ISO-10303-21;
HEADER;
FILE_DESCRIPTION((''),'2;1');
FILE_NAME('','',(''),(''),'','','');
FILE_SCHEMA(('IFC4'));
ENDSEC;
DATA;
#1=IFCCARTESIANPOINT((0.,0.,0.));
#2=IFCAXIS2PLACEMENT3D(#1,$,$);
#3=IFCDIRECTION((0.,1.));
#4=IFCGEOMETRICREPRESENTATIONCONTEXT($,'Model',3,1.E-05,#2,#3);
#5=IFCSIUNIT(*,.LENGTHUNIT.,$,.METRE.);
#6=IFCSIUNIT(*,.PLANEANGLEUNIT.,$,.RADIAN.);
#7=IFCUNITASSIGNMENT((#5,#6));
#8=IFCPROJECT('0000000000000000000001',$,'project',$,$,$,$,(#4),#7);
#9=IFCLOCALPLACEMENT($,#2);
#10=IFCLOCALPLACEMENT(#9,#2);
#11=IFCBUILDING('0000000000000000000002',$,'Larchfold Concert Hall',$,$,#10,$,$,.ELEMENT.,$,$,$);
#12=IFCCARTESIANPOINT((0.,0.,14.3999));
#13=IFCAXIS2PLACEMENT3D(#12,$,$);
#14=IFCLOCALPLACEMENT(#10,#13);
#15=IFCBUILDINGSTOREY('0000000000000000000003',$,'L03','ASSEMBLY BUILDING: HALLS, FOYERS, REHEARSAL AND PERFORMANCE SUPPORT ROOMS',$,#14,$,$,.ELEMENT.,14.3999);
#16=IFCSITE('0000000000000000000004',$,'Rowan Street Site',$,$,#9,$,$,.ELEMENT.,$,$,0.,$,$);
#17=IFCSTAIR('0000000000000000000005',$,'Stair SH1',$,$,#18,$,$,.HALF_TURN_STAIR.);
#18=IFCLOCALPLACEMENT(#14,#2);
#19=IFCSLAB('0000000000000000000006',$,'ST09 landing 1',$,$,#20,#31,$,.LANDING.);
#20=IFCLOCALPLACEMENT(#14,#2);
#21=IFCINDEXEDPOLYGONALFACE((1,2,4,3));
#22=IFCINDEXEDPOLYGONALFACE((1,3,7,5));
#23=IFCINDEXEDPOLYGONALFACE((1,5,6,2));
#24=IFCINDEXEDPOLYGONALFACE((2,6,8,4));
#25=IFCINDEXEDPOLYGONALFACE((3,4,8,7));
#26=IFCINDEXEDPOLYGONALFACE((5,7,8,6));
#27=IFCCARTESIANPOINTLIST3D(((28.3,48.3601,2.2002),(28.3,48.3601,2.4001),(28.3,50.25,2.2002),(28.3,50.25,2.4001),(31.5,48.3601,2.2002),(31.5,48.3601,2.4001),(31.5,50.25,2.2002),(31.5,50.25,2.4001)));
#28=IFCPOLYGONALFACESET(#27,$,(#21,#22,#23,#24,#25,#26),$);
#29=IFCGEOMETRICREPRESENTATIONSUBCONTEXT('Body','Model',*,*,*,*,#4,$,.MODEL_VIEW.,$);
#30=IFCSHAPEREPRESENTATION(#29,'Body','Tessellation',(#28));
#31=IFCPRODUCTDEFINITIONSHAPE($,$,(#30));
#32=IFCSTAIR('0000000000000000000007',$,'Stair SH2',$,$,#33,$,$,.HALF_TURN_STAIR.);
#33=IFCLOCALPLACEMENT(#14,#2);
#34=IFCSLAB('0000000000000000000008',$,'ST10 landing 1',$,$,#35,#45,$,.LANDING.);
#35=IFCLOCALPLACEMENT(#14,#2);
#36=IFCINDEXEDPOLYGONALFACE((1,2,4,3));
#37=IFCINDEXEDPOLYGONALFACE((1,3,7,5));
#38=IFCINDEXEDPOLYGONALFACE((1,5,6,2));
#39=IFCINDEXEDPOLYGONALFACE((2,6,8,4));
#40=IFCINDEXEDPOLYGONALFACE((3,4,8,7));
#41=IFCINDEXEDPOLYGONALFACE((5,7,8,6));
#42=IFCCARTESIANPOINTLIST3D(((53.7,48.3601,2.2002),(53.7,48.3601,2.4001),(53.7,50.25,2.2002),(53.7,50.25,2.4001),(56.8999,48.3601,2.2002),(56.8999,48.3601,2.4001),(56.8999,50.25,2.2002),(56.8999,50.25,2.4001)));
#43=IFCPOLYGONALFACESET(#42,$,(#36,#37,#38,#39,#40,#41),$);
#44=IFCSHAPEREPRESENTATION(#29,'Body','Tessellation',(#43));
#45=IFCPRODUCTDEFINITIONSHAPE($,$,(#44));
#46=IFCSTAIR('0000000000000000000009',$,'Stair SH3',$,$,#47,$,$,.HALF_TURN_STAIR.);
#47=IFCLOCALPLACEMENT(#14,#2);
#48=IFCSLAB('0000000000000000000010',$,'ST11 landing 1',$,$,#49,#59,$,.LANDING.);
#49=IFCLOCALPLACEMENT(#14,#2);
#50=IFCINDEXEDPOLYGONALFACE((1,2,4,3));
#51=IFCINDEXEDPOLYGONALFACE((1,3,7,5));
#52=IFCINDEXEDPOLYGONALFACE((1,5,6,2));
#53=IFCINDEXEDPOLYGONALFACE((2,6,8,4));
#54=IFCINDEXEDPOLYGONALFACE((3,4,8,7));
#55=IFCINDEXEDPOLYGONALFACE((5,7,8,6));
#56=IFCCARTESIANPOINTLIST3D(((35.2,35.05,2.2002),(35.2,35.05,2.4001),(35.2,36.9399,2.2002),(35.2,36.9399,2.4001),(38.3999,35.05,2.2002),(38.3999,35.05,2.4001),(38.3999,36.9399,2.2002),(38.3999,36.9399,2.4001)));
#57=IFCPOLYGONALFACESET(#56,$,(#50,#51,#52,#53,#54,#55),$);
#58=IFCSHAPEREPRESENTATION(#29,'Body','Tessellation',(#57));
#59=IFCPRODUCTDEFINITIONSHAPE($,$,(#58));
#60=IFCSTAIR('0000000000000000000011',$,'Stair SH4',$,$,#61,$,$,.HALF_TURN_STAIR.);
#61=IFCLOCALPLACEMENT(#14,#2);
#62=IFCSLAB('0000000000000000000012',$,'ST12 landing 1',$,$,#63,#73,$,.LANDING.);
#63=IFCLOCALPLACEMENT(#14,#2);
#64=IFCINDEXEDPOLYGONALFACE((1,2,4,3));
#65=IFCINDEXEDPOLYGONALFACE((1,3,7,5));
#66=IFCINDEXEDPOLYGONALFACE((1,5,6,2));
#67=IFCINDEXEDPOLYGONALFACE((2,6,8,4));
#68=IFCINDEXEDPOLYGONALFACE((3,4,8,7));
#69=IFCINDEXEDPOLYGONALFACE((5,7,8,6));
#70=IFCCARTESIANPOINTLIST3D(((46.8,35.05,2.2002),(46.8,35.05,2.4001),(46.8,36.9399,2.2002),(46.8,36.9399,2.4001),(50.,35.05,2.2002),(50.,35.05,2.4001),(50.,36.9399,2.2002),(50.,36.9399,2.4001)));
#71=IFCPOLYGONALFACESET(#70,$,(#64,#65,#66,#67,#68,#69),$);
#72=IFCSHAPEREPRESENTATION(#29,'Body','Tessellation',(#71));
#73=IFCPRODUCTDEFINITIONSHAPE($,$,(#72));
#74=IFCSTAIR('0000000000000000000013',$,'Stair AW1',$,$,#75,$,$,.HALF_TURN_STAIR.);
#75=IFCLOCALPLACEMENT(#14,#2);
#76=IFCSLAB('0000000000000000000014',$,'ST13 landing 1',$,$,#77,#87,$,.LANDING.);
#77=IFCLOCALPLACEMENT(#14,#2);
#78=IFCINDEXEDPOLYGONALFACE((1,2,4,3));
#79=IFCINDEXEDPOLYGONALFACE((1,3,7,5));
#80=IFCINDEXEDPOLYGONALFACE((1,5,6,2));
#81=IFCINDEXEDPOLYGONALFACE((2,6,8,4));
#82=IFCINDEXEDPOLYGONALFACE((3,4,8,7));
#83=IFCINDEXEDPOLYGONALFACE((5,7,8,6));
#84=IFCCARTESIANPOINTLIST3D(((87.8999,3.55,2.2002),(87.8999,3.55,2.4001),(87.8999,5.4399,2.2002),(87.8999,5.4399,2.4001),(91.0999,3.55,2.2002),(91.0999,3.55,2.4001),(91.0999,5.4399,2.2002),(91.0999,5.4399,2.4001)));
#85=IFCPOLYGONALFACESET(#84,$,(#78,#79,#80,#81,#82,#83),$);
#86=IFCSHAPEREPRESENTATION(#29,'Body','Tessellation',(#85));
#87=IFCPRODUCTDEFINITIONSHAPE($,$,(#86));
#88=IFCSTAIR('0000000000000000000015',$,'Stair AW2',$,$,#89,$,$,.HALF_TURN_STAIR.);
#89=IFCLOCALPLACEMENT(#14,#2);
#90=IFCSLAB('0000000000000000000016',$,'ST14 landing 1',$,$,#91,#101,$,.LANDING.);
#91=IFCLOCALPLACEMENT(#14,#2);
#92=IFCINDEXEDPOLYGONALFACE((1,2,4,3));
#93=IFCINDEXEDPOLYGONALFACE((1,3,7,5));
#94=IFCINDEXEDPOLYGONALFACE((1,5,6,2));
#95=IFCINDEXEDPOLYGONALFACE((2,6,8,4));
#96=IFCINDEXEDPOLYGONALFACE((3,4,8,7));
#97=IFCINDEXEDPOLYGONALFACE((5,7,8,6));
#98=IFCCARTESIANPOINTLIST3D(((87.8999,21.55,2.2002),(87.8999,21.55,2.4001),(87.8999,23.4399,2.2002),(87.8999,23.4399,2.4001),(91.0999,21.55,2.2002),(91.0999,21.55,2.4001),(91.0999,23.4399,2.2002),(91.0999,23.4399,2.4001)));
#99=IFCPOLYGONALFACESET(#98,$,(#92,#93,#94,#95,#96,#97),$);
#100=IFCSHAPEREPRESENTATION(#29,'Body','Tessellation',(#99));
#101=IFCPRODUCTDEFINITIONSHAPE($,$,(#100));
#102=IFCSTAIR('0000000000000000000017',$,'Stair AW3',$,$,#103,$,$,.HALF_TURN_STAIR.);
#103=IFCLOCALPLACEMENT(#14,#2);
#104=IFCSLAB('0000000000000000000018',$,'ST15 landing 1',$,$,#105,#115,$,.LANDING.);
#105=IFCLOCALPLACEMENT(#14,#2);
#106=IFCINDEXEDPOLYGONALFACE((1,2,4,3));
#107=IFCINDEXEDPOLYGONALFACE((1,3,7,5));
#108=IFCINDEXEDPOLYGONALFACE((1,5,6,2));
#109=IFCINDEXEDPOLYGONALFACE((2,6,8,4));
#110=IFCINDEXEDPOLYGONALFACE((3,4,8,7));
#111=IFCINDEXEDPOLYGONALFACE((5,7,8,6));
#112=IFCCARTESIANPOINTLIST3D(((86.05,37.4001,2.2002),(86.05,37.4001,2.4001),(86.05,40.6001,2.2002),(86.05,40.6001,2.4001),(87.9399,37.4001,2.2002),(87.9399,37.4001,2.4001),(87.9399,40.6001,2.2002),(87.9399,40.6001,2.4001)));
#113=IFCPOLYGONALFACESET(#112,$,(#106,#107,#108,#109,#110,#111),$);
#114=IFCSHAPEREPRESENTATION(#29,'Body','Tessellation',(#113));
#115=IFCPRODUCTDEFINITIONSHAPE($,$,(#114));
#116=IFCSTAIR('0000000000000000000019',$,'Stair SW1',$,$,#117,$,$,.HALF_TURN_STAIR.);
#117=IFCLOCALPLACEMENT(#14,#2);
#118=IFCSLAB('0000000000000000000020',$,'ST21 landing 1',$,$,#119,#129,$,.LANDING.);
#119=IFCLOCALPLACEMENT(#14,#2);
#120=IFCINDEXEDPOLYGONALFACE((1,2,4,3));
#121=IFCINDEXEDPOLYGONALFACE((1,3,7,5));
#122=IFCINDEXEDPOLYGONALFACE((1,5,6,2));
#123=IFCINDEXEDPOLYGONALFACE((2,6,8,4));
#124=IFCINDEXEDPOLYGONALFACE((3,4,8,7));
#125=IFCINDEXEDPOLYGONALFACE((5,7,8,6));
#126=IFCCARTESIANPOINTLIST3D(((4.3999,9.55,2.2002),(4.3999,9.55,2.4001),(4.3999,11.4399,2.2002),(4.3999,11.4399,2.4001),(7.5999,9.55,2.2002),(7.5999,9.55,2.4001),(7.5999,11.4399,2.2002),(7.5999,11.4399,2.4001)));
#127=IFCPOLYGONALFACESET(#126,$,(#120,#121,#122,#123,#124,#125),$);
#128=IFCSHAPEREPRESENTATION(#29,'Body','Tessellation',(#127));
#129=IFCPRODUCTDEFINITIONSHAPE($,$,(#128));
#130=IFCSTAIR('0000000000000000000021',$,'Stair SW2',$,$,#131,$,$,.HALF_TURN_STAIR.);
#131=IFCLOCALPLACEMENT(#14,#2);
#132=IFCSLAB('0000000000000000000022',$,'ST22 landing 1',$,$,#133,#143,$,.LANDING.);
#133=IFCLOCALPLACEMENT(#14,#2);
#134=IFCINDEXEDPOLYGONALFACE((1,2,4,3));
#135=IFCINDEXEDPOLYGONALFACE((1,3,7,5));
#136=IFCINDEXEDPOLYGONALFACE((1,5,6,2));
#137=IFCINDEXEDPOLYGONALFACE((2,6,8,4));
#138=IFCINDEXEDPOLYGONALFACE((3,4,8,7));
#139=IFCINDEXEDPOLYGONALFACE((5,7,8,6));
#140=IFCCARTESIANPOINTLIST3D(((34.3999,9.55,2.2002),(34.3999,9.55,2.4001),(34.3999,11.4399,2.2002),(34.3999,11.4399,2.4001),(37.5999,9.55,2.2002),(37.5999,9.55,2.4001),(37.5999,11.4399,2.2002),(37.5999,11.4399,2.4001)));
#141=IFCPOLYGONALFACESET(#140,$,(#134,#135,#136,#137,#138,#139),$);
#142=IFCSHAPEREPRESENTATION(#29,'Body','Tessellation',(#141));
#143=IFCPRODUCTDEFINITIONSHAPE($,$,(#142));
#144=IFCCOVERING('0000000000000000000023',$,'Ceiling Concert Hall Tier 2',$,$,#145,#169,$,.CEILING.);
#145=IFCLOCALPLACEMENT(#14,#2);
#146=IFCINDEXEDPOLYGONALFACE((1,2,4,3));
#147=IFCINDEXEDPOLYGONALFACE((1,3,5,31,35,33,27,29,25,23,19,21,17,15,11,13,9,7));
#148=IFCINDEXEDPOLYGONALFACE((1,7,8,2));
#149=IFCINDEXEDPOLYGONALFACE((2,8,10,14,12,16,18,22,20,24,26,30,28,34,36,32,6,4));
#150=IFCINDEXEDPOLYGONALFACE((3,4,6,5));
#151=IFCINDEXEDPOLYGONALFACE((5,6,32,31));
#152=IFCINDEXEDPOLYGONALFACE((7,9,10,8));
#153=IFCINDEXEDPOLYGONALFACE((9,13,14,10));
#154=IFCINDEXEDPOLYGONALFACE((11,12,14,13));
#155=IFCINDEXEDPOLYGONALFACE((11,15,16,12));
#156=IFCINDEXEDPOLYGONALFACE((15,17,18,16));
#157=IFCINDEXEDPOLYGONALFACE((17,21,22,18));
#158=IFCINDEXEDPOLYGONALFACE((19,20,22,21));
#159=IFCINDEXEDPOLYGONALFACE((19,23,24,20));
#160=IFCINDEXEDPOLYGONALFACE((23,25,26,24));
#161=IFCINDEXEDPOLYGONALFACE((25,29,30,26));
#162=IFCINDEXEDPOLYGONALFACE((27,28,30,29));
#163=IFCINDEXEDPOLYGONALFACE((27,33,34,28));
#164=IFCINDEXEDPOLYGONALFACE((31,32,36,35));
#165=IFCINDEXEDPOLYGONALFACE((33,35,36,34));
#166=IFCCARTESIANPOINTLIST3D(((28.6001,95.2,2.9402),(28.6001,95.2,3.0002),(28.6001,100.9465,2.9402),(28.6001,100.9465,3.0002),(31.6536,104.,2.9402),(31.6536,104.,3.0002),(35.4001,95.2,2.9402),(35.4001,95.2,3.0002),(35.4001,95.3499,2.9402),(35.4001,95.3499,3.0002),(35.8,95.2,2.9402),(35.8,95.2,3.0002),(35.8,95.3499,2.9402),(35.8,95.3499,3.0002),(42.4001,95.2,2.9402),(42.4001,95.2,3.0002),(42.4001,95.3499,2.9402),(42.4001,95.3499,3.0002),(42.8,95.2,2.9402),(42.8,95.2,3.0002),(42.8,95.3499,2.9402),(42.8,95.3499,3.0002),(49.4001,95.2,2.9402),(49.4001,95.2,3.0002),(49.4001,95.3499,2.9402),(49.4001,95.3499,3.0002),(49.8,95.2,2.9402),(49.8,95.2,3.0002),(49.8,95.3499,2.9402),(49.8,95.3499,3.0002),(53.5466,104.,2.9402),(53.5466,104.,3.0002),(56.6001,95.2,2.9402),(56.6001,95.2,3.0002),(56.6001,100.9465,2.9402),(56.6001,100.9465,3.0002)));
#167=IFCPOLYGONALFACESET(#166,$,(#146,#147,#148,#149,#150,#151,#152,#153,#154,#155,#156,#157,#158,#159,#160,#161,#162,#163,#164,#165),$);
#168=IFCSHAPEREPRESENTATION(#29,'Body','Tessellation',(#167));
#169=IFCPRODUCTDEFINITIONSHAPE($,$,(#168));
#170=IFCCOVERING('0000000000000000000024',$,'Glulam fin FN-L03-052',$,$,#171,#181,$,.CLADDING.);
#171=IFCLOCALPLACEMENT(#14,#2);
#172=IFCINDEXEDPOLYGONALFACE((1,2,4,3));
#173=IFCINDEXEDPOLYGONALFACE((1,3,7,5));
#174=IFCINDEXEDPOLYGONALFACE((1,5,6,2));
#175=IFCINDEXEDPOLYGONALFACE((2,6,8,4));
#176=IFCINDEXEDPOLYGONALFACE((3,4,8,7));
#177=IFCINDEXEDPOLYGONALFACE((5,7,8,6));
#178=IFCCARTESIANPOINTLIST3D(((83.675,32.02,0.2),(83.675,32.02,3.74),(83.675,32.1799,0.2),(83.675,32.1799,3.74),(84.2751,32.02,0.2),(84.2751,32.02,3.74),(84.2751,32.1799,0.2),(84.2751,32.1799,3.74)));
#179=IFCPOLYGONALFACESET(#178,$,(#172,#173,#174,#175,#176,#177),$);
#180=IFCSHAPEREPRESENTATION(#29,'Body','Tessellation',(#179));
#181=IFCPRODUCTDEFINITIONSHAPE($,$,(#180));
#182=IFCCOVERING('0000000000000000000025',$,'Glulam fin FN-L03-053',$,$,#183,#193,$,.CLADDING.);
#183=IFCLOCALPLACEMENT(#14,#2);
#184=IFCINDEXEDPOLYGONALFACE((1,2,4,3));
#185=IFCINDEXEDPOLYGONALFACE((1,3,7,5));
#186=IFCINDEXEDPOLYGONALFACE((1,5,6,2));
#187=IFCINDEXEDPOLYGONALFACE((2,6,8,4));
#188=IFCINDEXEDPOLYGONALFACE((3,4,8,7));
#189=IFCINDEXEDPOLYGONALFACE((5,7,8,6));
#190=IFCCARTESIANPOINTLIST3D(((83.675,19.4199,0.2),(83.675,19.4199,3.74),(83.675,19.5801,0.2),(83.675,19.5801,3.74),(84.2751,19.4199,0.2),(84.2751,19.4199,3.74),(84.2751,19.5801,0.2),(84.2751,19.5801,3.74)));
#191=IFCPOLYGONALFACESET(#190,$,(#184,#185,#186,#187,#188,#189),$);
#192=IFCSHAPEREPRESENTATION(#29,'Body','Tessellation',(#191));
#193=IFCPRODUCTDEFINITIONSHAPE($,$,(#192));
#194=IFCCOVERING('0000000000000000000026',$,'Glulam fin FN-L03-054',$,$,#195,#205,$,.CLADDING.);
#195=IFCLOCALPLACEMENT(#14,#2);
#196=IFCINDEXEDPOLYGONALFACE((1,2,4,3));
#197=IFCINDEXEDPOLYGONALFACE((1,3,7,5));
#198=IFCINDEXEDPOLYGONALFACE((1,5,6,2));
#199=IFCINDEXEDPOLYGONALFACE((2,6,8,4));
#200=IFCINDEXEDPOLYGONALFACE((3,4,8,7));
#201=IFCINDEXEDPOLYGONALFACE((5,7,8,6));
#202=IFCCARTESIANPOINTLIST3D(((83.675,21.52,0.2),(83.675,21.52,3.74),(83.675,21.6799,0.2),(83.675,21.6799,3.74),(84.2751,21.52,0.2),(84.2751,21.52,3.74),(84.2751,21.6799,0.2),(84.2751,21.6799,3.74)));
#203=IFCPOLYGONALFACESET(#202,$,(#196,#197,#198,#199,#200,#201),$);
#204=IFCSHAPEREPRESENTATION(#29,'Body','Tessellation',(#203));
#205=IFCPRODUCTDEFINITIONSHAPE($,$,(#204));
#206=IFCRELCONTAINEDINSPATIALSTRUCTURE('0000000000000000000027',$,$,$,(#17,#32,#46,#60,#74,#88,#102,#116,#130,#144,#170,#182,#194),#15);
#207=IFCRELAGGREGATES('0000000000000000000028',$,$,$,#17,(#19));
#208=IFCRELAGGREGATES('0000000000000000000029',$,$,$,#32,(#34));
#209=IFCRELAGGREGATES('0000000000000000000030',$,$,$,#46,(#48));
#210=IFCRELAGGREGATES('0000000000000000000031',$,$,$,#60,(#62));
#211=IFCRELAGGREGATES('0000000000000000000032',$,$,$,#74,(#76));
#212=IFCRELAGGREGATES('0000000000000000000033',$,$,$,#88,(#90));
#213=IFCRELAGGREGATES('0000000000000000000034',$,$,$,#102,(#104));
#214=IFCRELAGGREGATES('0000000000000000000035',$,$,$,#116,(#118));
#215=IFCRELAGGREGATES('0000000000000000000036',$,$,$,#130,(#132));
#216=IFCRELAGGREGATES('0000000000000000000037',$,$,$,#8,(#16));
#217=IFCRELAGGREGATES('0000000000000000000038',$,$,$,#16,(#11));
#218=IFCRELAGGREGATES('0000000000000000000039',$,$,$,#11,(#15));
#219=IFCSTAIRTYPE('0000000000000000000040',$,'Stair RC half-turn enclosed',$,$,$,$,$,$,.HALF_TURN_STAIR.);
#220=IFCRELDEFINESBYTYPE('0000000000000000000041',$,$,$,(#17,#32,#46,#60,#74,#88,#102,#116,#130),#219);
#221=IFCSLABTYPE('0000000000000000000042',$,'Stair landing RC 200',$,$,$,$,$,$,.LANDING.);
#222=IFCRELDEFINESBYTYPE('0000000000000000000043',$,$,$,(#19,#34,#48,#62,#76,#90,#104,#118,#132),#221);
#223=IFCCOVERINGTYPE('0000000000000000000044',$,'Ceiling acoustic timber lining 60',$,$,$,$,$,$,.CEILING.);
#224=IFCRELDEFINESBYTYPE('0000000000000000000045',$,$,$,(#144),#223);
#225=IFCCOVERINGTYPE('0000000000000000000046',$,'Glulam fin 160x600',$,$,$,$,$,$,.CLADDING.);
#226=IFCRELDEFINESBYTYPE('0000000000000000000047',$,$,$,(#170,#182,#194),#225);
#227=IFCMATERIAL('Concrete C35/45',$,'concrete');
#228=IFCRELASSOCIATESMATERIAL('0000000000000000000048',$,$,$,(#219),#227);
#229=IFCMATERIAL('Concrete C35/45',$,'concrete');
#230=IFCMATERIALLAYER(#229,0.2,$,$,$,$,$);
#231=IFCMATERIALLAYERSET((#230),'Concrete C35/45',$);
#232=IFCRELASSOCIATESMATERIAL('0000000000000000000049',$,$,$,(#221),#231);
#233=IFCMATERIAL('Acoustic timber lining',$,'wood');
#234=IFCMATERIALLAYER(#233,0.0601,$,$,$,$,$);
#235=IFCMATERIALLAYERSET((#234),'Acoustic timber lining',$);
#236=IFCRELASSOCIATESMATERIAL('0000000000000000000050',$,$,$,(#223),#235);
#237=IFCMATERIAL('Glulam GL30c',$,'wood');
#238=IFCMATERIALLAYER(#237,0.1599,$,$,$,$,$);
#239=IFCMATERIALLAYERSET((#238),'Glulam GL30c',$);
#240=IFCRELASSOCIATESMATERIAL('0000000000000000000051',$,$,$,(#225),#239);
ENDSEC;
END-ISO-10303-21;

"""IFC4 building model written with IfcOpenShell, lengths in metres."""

from ifc_helpers import new_model, si_unit, direction, frame, origin, place, context, subcontext, project, spatial, polyline, outline, extrude, material, layer, layer_set, type_object, element, aggregate, save


model = new_model("IFC4")

# Units and contexts
model_context = context("Model", 3, precision=1e-05, world=origin(), true_north=direction((0.0, 1.0)))
body_context = subcontext(model_context, "Body", "Model", "MODEL_VIEW")
ifc_project = project(units=[si_unit("LENGTHUNIT", "METRE"), si_unit("PLANEANGLEUNIT", "RADIAN")], contexts=[model_context])

# Site, building, storey
site_placement = place(None, origin())
site = spatial("IfcSite", under=ifc_project, at=site_placement, Name="Rowan Street Site", CompositionType="ELEMENT", RefElevation=0.0)
building_placement = place(site_placement, origin())
building = spatial("IfcBuilding", under=site, at=building_placement, Name="Larchfold Concert Hall", CompositionType="ELEMENT")
storey_placement = place(building_placement, frame((0.0, 0.0, 14.3999)))
storey = spatial("IfcBuildingStorey", under=building, at=storey_placement, Name="L03", Description="ASSEMBLY BUILDING: HALLS, FOYERS, REHEARSAL AND PERFORMANCE SUPPORT ROOMS", CompositionType="ELEMENT", Elevation=14.3999)

# Stairs, slabs
ifc_material_1 = material(Name="Concrete C35/45", Category="concrete")
stair_type = type_object("IfcStairType", Name="Stair RC half-turn enclosed", PredefinedType="HALF_TURN_STAIR", material=ifc_material_1)
ifc_material_2 = material(Name="Concrete C35/45", Category="concrete")
ifc_layer_1 = layer(ifc_material_2, 0.2)
ifc_layer_set_1 = layer_set([ifc_layer_1], Name="Concrete C35/45")
slab_type_1 = type_object("IfcSlabType", Name="Stair landing RC 200", PredefinedType="LANDING", material=ifc_layer_set_1)
stair_1_placement = place(storey_placement, origin())
stair_1 = element("IfcStair", 1, at=stair_1_placement, inside=storey, type_object=stair_type, Name="Stair SH1", PredefinedType="HALF_TURN_STAIR")
slab_1_placement = place(storey_placement, frame((0.0, 0.0, 2.2002)))
slab_1 = element("IfcSlab", 2, at=slab_1_placement, type_object=slab_type_1, Name="ST09 landing 1", PredefinedType="LANDING", context=body_context, shape_type="SweptSolid", body=[
    extrude(outline(polyline([(31.5, 48.3601), (31.5, 50.25), (28.3, 50.25), (28.3, 48.3601), (31.5, 48.3601)])), origin(), (0.0, 0.0, 1.0), 0.2),
])
aggregate(stair_1, [slab_1])
stair_2_placement = place(storey_placement, origin())
stair_2 = element("IfcStair", 3, at=stair_2_placement, inside=storey, type_object=stair_type, Name="Stair SH2", PredefinedType="HALF_TURN_STAIR")
slab_2_placement = place(storey_placement, frame((0.0, 0.0, 2.2002)))
slab_2 = element("IfcSlab", 4, at=slab_2_placement, type_object=slab_type_1, Name="ST10 landing 1", PredefinedType="LANDING", context=body_context, shape_type="SweptSolid", body=[
    extrude(outline(polyline([(56.8999, 48.3601), (56.8999, 50.25), (53.7, 50.25), (53.7, 48.3601), (56.8999, 48.3601)])), origin(), (0.0, 0.0, 1.0), 0.2),
])
aggregate(stair_2, [slab_2])
stair_3_placement = place(storey_placement, origin())
stair_3 = element("IfcStair", 5, at=stair_3_placement, inside=storey, type_object=stair_type, Name="Stair SH3", PredefinedType="HALF_TURN_STAIR")
slab_3_placement = place(storey_placement, frame((0.0, 0.0, 2.2002)))
slab_3 = element("IfcSlab", 6, at=slab_3_placement, type_object=slab_type_1, Name="ST11 landing 1", PredefinedType="LANDING", context=body_context, shape_type="SweptSolid", body=[
    extrude(outline(polyline([(35.2, 36.9399), (35.2, 35.05), (38.3999, 35.05), (38.3999, 36.9399), (35.2, 36.9399)])), origin(), (0.0, 0.0, 1.0), 0.2),
])
aggregate(stair_3, [slab_3])
stair_4_placement = place(storey_placement, origin())
stair_4 = element("IfcStair", 7, at=stair_4_placement, inside=storey, type_object=stair_type, Name="Stair SH4", PredefinedType="HALF_TURN_STAIR")
slab_4_placement = place(storey_placement, frame((0.0, 0.0, 2.2002)))
slab_4 = element("IfcSlab", 8, at=slab_4_placement, type_object=slab_type_1, Name="ST12 landing 1", PredefinedType="LANDING", context=body_context, shape_type="SweptSolid", body=[
    extrude(outline(polyline([(46.8, 36.9399), (46.8, 35.05), (50.0, 35.05), (50.0, 36.9399), (46.8, 36.9399)])), origin(), (0.0, 0.0, 1.0), 0.2),
])
aggregate(stair_4, [slab_4])
stair_5_placement = place(storey_placement, origin())
stair_5 = element("IfcStair", 9, at=stair_5_placement, inside=storey, type_object=stair_type, Name="Stair AW1", PredefinedType="HALF_TURN_STAIR")
slab_5_placement = place(storey_placement, frame((0.0, 0.0, 2.2002)))
slab_5 = element("IfcSlab", 10, at=slab_5_placement, type_object=slab_type_1, Name="ST13 landing 1", PredefinedType="LANDING", context=body_context, shape_type="SweptSolid", body=[
    extrude(outline(polyline([(87.8999, 5.4399), (87.8999, 3.55), (91.0999, 3.55), (91.0999, 5.4399), (87.8999, 5.4399)])), origin(), (0.0, 0.0, 1.0), 0.2),
])
aggregate(stair_5, [slab_5])
stair_6_placement = place(storey_placement, origin())
stair_6 = element("IfcStair", 11, at=stair_6_placement, inside=storey, type_object=stair_type, Name="Stair AW2", PredefinedType="HALF_TURN_STAIR")
slab_6_placement = place(storey_placement, frame((0.0, 0.0, 2.2002)))
slab_6 = element("IfcSlab", 12, at=slab_6_placement, type_object=slab_type_1, Name="ST14 landing 1", PredefinedType="LANDING", context=body_context, shape_type="SweptSolid", body=[
    extrude(outline(polyline([(87.8999, 23.4399), (87.8999, 21.55), (91.0999, 21.55), (91.0999, 23.4399), (87.8999, 23.4399)])), origin(), (0.0, 0.0, 1.0), 0.2),
])
aggregate(stair_6, [slab_6])
stair_7_placement = place(storey_placement, origin())
stair_7 = element("IfcStair", 13, at=stair_7_placement, inside=storey, type_object=stair_type, Name="Stair AW3", PredefinedType="HALF_TURN_STAIR")
slab_7_placement = place(storey_placement, frame((0.0, 0.0, 2.2002)))
slab_7 = element("IfcSlab", 14, at=slab_7_placement, type_object=slab_type_1, Name="ST15 landing 1", PredefinedType="LANDING", context=body_context, shape_type="SweptSolid", body=[
    extrude(outline(polyline([(87.9399, 40.6001), (86.05, 40.6001), (86.05, 37.4001), (87.9399, 37.4001), (87.9399, 40.6001)])), origin(), (0.0, 0.0, 1.0), 0.2),
])
aggregate(stair_7, [slab_7])
stair_8_placement = place(storey_placement, origin())
stair_8 = element("IfcStair", 15, at=stair_8_placement, inside=storey, type_object=stair_type, Name="Stair SW1", PredefinedType="HALF_TURN_STAIR")
slab_8_placement = place(storey_placement, frame((0.0, 0.0, 2.2002)))
slab_8 = element("IfcSlab", 16, at=slab_8_placement, type_object=slab_type_1, Name="ST21 landing 1", PredefinedType="LANDING", context=body_context, shape_type="SweptSolid", body=[
    extrude(outline(polyline([(4.3999, 11.4399), (4.3999, 9.55), (7.5999, 9.55), (7.5999, 11.4399), (4.3999, 11.4399)])), origin(), (0.0, 0.0, 1.0), 0.2),
])
aggregate(stair_8, [slab_8])
stair_9_placement = place(storey_placement, origin())
stair_9 = element("IfcStair", 17, at=stair_9_placement, inside=storey, type_object=stair_type, Name="Stair SW2", PredefinedType="HALF_TURN_STAIR")
slab_9_placement = place(storey_placement, frame((0.0, 0.0, 2.2002)))
slab_9 = element("IfcSlab", 18, at=slab_9_placement, type_object=slab_type_1, Name="ST22 landing 1", PredefinedType="LANDING", context=body_context, shape_type="SweptSolid", body=[
    extrude(outline(polyline([(34.3999, 11.4399), (34.3999, 9.55), (37.5999, 9.55), (37.5999, 11.4399), (34.3999, 11.4399)])), origin(), (0.0, 0.0, 1.0), 0.2),
])
aggregate(stair_9, [slab_9])

# Coverings
ifc_material_3 = material(Name="Acoustic timber lining", Category="wood")
ifc_layer_2 = layer(ifc_material_3, 0.0601)
ifc_layer_set_2 = layer_set([ifc_layer_2], Name="Acoustic timber lining")
covering_type_1 = type_object("IfcCoveringType", Name="Ceiling acoustic timber lining 60", PredefinedType="CEILING", material=ifc_layer_set_2)
covering_1_placement = place(storey_placement, frame((0.0, 0.0, 2.9402)))
element("IfcCovering", 19, at=covering_1_placement, inside=storey, type_object=covering_type_1, Name="Ceiling Concert Hall Tier 2", PredefinedType="CEILING", context=body_context, shape_type="SweptSolid", body=[
    extrude(outline(polyline([(53.5466, 104.0), (31.6536, 104.0), (28.6001, 100.9465), (28.6001, 95.2), (35.4001, 95.2), (35.4001, 95.3499), (35.8, 95.3499), (35.8, 95.2), (42.4001, 95.2), (42.4001, 95.3499), (42.8, 95.3499), (42.8, 95.2), (49.4001, 95.2), (49.4001, 95.3499), (49.8, 95.3499), (49.8, 95.2), (56.6001, 95.2), (56.6001, 100.9465), (53.5466, 104.0)])), origin(), (0.0, 0.0, 1.0), 0.0601),
])
ifc_material_4 = material(Name="Glulam GL30c", Category="wood")
ifc_layer_3 = layer(ifc_material_4, 0.1599)
ifc_layer_set_3 = layer_set([ifc_layer_3], Name="Glulam GL30c")
covering_type_2 = type_object("IfcCoveringType", Name="Glulam fin 160x600", PredefinedType="CLADDING", material=ifc_layer_set_3)
covering_2_placement = place(storey_placement, frame((0.0, 0.0, 0.2)))
element("IfcCovering", 20, at=covering_2_placement, inside=storey, type_object=covering_type_2, Name="Glulam fin FN-L03-052", PredefinedType="CLADDING", context=body_context, shape_type="SweptSolid", body=[
    extrude(outline(polyline([(84.2751, 32.02), (84.2751, 32.1799), (83.675, 32.1799), (83.675, 32.02), (84.2751, 32.02)])), origin(), (0.0, 0.0, 1.0), 3.54),
])
covering_3_placement = place(storey_placement, frame((0.0, 0.0, 0.2)))
element("IfcCovering", 21, at=covering_3_placement, inside=storey, type_object=covering_type_2, Name="Glulam fin FN-L03-053", PredefinedType="CLADDING", context=body_context, shape_type="SweptSolid", body=[
    extrude(outline(polyline([(84.2751, 19.4199), (84.2751, 19.5801), (83.675, 19.5801), (83.675, 19.4199), (84.2751, 19.4199)])), origin(), (0.0, 0.0, 1.0), 3.54),
])
covering_4_placement = place(storey_placement, frame((0.0, 0.0, 0.2)))
element("IfcCovering", 22, at=covering_4_placement, inside=storey, type_object=covering_type_2, Name="Glulam fin FN-L03-054", PredefinedType="CLADDING", context=body_context, shape_type="SweptSolid", body=[
    extrude(outline(polyline([(84.2751, 21.52), (84.2751, 21.6799), (83.675, 21.6799), (83.675, 21.52), (84.2751, 21.52)])), origin(), (0.0, 0.0, 1.0), 3.54),
])

save(model, "model.ifc")
